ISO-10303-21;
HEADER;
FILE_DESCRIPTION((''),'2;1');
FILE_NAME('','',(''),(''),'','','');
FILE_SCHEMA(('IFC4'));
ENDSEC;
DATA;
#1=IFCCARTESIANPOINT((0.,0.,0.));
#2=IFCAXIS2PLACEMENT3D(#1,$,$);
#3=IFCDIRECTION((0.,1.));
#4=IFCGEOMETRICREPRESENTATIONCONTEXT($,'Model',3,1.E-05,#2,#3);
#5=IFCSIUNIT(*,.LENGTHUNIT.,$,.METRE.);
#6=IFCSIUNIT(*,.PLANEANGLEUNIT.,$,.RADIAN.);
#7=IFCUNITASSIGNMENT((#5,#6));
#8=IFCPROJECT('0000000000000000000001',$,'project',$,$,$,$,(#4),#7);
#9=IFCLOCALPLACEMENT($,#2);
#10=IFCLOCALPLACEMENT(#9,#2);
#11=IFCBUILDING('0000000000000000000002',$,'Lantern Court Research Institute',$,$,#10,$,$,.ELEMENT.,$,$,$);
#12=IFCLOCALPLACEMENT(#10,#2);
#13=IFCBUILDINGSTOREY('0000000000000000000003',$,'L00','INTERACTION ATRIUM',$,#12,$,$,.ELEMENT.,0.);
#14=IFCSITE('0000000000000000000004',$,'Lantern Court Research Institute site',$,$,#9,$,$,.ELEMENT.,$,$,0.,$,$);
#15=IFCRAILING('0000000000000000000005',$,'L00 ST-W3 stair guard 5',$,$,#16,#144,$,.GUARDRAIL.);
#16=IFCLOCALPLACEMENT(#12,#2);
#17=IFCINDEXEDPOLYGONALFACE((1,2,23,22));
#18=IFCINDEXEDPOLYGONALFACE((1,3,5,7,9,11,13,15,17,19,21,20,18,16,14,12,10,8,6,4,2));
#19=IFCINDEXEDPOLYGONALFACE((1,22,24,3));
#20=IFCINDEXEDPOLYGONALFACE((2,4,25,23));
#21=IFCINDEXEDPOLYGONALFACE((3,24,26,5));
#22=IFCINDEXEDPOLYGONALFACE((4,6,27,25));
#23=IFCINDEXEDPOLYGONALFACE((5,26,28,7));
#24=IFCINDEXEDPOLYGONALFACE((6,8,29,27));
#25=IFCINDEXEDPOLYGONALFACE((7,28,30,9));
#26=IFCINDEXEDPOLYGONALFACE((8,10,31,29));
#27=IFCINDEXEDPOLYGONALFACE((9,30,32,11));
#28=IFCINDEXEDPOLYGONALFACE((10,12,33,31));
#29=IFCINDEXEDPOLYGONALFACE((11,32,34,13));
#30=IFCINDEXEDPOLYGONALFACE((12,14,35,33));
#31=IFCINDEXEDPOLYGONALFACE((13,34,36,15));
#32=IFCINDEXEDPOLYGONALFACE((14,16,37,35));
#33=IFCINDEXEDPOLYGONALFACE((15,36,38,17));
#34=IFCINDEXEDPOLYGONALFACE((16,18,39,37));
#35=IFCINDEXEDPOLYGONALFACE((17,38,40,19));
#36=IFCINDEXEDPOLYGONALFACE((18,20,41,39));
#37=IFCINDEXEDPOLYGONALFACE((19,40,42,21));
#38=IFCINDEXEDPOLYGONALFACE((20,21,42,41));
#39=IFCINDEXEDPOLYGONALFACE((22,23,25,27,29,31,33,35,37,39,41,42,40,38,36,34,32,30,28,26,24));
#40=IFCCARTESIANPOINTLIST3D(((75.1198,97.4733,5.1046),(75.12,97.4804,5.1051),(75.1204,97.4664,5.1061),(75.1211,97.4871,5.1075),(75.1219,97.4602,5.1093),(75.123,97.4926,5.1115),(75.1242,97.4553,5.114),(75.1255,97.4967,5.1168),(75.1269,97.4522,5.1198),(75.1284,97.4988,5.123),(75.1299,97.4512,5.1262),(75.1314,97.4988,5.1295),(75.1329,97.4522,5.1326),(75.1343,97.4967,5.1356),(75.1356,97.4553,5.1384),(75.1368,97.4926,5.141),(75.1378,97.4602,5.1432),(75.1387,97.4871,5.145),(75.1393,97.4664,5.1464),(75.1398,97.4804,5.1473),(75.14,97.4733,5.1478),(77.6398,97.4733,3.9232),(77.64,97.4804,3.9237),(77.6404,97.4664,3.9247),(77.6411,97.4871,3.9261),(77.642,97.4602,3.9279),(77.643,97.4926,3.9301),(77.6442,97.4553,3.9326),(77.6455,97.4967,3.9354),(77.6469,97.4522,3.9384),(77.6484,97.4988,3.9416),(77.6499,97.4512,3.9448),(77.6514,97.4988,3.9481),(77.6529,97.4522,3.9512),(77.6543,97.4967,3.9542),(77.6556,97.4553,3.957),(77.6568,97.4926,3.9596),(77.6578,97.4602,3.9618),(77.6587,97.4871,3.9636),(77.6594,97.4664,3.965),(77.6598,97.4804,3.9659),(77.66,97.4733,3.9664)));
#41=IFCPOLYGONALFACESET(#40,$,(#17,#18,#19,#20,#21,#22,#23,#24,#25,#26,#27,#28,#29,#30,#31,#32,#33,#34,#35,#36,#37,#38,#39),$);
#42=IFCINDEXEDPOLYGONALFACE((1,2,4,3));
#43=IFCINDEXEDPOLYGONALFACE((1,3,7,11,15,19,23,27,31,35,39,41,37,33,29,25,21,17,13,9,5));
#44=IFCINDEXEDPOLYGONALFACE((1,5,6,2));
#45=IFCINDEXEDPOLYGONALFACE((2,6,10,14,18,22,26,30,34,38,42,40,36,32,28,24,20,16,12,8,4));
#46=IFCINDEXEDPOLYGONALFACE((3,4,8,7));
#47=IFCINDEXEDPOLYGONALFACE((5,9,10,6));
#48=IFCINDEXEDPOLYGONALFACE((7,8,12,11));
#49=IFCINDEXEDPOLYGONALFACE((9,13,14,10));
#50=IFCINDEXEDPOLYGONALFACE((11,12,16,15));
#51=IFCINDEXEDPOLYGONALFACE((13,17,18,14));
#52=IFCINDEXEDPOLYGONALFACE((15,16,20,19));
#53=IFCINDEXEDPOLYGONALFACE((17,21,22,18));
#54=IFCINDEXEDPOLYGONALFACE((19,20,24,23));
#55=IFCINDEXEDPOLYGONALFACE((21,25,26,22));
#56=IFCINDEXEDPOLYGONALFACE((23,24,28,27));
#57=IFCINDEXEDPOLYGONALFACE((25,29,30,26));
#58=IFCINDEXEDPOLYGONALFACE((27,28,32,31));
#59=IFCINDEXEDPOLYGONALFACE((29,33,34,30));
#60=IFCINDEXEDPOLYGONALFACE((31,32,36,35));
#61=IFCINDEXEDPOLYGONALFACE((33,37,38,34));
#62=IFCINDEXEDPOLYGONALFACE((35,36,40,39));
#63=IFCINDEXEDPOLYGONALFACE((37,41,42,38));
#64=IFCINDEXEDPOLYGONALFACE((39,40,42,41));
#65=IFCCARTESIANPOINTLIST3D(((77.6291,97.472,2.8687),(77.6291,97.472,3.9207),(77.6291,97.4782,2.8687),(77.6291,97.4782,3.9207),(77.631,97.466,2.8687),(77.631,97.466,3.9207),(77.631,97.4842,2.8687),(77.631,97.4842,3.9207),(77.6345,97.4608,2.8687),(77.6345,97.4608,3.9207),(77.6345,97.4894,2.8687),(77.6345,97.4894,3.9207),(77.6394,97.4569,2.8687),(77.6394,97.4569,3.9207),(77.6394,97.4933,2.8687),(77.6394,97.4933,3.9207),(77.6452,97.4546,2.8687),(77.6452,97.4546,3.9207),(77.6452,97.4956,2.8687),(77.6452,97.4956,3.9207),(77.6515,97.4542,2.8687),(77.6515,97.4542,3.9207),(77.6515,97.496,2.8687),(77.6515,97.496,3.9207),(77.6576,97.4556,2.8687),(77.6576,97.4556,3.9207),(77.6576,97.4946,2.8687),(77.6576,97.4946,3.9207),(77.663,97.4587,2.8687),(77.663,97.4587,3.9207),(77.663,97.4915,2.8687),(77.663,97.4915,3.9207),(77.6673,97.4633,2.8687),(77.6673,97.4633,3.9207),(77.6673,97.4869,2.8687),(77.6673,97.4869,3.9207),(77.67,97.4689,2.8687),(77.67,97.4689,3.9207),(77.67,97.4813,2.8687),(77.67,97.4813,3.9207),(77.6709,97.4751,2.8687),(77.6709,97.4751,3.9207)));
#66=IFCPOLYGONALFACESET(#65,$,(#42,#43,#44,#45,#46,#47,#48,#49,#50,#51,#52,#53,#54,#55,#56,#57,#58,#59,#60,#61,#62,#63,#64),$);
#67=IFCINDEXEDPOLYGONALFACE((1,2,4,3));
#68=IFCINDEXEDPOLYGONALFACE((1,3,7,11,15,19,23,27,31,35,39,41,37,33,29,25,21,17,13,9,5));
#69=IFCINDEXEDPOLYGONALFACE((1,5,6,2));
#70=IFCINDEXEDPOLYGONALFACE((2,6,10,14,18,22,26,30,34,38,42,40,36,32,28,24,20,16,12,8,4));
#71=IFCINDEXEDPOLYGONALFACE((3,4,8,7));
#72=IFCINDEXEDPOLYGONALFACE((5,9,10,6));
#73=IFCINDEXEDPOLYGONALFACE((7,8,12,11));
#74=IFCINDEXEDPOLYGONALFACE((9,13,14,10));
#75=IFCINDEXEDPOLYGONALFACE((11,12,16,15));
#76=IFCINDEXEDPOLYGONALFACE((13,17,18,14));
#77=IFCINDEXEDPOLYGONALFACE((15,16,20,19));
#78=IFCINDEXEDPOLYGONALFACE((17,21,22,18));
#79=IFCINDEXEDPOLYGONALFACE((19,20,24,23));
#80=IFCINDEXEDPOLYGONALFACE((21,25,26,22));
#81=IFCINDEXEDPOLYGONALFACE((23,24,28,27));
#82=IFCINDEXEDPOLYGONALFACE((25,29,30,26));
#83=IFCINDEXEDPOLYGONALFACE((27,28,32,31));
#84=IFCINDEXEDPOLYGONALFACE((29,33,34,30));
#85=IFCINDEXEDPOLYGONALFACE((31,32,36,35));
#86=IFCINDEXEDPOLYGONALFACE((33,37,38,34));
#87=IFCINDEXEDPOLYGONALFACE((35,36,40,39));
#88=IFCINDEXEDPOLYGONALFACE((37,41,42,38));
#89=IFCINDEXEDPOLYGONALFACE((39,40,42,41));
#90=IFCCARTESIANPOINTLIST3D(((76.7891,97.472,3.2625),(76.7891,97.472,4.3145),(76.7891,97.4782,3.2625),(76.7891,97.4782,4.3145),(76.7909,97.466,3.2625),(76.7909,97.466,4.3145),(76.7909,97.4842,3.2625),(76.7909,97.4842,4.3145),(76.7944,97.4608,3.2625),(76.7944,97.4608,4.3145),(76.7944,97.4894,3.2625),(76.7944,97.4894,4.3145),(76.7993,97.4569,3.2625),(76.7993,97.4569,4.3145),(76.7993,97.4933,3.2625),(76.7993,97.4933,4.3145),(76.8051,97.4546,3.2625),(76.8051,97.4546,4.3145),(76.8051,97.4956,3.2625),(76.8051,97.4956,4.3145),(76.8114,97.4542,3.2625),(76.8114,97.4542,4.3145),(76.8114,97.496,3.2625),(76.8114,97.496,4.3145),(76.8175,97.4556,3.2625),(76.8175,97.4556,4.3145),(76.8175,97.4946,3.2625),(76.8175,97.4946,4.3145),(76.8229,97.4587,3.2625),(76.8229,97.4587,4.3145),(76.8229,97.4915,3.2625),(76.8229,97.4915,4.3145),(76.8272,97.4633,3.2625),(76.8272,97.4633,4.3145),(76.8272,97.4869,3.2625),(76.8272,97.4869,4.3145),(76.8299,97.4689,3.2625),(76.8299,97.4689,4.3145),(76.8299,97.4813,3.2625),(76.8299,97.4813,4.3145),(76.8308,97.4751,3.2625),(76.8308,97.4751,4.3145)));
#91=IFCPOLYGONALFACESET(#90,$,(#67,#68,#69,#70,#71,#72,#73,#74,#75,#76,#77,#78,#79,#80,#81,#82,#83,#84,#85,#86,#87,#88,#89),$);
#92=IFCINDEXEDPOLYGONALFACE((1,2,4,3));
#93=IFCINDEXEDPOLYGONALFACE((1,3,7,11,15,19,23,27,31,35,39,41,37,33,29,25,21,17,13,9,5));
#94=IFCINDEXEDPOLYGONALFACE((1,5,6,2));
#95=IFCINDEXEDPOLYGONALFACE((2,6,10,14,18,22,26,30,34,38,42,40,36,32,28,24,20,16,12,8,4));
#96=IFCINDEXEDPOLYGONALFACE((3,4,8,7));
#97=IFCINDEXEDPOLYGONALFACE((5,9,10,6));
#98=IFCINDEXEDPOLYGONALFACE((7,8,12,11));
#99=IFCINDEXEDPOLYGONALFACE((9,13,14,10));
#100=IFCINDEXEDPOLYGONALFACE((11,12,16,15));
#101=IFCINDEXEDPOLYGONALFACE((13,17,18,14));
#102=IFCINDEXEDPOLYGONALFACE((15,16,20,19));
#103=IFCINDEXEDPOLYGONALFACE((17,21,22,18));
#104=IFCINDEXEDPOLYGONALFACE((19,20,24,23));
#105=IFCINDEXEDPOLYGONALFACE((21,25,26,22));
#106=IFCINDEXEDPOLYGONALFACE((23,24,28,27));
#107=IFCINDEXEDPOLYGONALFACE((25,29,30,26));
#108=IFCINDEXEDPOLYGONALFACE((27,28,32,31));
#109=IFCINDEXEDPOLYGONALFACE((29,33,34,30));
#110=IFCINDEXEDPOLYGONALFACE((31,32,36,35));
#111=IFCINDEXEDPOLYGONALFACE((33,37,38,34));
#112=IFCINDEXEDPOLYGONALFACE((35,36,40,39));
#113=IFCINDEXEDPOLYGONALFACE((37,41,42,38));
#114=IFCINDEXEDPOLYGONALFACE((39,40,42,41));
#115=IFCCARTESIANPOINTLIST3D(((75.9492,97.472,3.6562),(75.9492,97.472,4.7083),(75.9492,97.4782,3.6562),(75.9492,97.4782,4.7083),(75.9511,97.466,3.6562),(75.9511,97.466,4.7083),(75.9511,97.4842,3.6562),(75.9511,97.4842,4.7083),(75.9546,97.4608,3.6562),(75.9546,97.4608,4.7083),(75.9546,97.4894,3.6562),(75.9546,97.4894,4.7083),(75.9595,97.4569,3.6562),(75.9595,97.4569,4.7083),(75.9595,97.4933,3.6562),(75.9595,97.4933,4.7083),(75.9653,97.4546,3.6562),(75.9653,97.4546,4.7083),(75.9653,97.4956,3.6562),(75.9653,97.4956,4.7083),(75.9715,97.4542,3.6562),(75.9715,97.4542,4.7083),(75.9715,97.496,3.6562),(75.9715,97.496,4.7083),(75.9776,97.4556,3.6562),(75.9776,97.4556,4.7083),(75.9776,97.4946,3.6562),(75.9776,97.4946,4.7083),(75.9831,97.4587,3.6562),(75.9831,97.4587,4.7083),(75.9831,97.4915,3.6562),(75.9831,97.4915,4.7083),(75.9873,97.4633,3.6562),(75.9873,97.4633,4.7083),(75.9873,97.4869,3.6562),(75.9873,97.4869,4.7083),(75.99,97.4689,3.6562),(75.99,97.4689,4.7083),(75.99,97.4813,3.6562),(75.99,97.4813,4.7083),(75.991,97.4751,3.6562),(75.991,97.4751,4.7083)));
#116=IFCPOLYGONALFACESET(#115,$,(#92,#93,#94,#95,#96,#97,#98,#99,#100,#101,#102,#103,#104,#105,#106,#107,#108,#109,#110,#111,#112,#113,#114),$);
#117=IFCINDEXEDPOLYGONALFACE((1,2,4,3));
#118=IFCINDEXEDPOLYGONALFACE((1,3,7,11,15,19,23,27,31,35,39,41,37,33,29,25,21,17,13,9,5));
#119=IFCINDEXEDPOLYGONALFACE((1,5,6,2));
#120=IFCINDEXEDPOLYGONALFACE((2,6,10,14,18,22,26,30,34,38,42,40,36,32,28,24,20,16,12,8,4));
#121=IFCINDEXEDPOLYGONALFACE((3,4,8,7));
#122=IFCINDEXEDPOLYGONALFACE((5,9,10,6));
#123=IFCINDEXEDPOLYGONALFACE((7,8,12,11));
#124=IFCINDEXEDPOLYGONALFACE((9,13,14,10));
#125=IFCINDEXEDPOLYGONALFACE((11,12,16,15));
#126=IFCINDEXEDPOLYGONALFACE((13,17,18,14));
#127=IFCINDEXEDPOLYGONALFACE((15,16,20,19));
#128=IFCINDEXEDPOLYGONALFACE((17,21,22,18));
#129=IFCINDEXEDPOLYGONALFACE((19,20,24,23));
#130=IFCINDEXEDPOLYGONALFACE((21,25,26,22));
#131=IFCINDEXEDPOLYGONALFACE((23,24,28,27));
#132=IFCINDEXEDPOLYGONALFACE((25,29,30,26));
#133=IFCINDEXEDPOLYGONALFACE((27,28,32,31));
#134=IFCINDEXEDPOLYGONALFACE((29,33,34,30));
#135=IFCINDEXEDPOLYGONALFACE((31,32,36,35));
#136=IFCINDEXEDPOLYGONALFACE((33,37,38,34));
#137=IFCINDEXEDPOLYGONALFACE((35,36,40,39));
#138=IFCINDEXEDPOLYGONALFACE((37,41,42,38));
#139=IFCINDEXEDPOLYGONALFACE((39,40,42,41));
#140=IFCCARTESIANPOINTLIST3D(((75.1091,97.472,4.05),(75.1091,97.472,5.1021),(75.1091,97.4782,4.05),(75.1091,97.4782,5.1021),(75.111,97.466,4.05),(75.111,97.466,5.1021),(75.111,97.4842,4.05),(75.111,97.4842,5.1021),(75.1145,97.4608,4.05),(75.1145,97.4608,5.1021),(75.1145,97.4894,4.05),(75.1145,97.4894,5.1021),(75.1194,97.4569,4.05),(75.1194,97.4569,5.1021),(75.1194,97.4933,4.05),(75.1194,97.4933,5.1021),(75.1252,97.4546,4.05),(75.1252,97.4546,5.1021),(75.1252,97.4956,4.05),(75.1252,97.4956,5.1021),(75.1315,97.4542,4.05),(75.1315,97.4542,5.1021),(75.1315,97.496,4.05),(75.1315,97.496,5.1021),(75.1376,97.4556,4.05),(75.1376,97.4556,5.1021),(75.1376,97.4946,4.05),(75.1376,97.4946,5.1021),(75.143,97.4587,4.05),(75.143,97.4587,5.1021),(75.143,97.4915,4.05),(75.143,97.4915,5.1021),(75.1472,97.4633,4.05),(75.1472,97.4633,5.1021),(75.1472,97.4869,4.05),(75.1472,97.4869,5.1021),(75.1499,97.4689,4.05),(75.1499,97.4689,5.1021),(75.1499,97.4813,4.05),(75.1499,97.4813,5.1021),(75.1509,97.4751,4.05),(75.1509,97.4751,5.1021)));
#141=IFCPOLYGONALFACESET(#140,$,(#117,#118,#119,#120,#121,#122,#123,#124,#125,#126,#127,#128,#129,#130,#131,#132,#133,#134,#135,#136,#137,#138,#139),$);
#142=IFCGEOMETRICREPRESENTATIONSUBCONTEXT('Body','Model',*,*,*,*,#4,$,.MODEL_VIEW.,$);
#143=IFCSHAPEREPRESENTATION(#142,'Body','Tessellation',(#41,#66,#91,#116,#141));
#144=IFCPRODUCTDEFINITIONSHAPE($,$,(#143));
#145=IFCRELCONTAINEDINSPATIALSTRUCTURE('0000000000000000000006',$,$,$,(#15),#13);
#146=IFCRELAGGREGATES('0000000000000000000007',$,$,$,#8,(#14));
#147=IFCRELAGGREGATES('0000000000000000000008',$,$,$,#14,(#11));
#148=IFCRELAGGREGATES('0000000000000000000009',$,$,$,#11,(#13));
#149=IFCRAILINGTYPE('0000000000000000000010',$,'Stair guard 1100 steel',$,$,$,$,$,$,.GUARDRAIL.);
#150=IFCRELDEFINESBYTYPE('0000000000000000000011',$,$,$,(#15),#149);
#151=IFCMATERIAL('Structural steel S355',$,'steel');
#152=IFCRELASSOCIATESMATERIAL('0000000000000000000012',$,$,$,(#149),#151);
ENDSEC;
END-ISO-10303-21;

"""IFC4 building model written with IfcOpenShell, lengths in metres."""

from ifc_helpers import new_model, si_unit, direction, frame, origin, origin_2d, place, context, subcontext, project, spatial, circle, extrude, material, type_object, element, save


model = new_model("IFC4")

# Units and contexts
model_context = context("Model", 3, precision=1e-05, world=origin(), true_north=direction((0.0, 1.0)))
body_context = subcontext(model_context, "Body", "Model", "MODEL_VIEW")
ifc_project = project(units=[si_unit("LENGTHUNIT", "METRE"), si_unit("PLANEANGLEUNIT", "RADIAN")], contexts=[model_context])

# Site, building, storey
site_placement = place(None, origin())
site = spatial("IfcSite", under=ifc_project, at=site_placement, Name="Lantern Court Research Institute site", CompositionType="ELEMENT", RefElevation=0.0)
building_placement = place(site_placement, origin())
building = spatial("IfcBuilding", under=site, at=building_placement, Name="Lantern Court Research Institute", CompositionType="ELEMENT")
storey_placement = place(building_placement, origin())
storey = spatial("IfcBuildingStorey", under=building, at=storey_placement, Name="L00", Description="INTERACTION ATRIUM", CompositionType="ELEMENT", Elevation=0.0)

# Railing
ifc_material_1 = material(Name="Structural steel S355", Category="steel")
railing_type_1 = type_object("IfcRailingType", Name="Stair guard 1100 steel", PredefinedType="GUARDRAIL", material=ifc_material_1)
railing_1_placement = place(storey_placement, frame((77.6499, 97.4751, 2.8687)))
element("IfcRailing", 1, at=railing_1_placement, inside=storey, type_object=railing_type_1, Name="L00 ST-W3 stair guard 5", PredefinedType="GUARDRAIL", context=body_context, shape_type="SweptSolid", body=[
    extrude(circle(Radius=0.0239, at=origin_2d()), frame((0.0, 0.0, 1.0762), z_axis=(-0.90544, 0.0, 0.424474), x_axis=(0.0, -1.0, 0.0)), (0.0, 0.0, 1.0), 2.7832),
    extrude(circle(Radius=0.021, at=origin_2d()), origin(), (0.0, 0.0, 1.0), 1.052),
    extrude(circle(Radius=0.021, at=origin_2d()), frame((-0.8401, 0.0, 0.3938)), (0.0, 0.0, 1.0), 1.052),
    extrude(circle(Radius=0.021, at=origin_2d()), frame((-1.6799, 0.0, 0.7876)), (0.0, 0.0, 1.0), 1.052),
    extrude(circle(Radius=0.021, at=origin_2d()), frame((-2.52, 0.0, 1.1814)), (0.0, 0.0, 1.0), 1.052),
])

save(model, "model.ifc")
